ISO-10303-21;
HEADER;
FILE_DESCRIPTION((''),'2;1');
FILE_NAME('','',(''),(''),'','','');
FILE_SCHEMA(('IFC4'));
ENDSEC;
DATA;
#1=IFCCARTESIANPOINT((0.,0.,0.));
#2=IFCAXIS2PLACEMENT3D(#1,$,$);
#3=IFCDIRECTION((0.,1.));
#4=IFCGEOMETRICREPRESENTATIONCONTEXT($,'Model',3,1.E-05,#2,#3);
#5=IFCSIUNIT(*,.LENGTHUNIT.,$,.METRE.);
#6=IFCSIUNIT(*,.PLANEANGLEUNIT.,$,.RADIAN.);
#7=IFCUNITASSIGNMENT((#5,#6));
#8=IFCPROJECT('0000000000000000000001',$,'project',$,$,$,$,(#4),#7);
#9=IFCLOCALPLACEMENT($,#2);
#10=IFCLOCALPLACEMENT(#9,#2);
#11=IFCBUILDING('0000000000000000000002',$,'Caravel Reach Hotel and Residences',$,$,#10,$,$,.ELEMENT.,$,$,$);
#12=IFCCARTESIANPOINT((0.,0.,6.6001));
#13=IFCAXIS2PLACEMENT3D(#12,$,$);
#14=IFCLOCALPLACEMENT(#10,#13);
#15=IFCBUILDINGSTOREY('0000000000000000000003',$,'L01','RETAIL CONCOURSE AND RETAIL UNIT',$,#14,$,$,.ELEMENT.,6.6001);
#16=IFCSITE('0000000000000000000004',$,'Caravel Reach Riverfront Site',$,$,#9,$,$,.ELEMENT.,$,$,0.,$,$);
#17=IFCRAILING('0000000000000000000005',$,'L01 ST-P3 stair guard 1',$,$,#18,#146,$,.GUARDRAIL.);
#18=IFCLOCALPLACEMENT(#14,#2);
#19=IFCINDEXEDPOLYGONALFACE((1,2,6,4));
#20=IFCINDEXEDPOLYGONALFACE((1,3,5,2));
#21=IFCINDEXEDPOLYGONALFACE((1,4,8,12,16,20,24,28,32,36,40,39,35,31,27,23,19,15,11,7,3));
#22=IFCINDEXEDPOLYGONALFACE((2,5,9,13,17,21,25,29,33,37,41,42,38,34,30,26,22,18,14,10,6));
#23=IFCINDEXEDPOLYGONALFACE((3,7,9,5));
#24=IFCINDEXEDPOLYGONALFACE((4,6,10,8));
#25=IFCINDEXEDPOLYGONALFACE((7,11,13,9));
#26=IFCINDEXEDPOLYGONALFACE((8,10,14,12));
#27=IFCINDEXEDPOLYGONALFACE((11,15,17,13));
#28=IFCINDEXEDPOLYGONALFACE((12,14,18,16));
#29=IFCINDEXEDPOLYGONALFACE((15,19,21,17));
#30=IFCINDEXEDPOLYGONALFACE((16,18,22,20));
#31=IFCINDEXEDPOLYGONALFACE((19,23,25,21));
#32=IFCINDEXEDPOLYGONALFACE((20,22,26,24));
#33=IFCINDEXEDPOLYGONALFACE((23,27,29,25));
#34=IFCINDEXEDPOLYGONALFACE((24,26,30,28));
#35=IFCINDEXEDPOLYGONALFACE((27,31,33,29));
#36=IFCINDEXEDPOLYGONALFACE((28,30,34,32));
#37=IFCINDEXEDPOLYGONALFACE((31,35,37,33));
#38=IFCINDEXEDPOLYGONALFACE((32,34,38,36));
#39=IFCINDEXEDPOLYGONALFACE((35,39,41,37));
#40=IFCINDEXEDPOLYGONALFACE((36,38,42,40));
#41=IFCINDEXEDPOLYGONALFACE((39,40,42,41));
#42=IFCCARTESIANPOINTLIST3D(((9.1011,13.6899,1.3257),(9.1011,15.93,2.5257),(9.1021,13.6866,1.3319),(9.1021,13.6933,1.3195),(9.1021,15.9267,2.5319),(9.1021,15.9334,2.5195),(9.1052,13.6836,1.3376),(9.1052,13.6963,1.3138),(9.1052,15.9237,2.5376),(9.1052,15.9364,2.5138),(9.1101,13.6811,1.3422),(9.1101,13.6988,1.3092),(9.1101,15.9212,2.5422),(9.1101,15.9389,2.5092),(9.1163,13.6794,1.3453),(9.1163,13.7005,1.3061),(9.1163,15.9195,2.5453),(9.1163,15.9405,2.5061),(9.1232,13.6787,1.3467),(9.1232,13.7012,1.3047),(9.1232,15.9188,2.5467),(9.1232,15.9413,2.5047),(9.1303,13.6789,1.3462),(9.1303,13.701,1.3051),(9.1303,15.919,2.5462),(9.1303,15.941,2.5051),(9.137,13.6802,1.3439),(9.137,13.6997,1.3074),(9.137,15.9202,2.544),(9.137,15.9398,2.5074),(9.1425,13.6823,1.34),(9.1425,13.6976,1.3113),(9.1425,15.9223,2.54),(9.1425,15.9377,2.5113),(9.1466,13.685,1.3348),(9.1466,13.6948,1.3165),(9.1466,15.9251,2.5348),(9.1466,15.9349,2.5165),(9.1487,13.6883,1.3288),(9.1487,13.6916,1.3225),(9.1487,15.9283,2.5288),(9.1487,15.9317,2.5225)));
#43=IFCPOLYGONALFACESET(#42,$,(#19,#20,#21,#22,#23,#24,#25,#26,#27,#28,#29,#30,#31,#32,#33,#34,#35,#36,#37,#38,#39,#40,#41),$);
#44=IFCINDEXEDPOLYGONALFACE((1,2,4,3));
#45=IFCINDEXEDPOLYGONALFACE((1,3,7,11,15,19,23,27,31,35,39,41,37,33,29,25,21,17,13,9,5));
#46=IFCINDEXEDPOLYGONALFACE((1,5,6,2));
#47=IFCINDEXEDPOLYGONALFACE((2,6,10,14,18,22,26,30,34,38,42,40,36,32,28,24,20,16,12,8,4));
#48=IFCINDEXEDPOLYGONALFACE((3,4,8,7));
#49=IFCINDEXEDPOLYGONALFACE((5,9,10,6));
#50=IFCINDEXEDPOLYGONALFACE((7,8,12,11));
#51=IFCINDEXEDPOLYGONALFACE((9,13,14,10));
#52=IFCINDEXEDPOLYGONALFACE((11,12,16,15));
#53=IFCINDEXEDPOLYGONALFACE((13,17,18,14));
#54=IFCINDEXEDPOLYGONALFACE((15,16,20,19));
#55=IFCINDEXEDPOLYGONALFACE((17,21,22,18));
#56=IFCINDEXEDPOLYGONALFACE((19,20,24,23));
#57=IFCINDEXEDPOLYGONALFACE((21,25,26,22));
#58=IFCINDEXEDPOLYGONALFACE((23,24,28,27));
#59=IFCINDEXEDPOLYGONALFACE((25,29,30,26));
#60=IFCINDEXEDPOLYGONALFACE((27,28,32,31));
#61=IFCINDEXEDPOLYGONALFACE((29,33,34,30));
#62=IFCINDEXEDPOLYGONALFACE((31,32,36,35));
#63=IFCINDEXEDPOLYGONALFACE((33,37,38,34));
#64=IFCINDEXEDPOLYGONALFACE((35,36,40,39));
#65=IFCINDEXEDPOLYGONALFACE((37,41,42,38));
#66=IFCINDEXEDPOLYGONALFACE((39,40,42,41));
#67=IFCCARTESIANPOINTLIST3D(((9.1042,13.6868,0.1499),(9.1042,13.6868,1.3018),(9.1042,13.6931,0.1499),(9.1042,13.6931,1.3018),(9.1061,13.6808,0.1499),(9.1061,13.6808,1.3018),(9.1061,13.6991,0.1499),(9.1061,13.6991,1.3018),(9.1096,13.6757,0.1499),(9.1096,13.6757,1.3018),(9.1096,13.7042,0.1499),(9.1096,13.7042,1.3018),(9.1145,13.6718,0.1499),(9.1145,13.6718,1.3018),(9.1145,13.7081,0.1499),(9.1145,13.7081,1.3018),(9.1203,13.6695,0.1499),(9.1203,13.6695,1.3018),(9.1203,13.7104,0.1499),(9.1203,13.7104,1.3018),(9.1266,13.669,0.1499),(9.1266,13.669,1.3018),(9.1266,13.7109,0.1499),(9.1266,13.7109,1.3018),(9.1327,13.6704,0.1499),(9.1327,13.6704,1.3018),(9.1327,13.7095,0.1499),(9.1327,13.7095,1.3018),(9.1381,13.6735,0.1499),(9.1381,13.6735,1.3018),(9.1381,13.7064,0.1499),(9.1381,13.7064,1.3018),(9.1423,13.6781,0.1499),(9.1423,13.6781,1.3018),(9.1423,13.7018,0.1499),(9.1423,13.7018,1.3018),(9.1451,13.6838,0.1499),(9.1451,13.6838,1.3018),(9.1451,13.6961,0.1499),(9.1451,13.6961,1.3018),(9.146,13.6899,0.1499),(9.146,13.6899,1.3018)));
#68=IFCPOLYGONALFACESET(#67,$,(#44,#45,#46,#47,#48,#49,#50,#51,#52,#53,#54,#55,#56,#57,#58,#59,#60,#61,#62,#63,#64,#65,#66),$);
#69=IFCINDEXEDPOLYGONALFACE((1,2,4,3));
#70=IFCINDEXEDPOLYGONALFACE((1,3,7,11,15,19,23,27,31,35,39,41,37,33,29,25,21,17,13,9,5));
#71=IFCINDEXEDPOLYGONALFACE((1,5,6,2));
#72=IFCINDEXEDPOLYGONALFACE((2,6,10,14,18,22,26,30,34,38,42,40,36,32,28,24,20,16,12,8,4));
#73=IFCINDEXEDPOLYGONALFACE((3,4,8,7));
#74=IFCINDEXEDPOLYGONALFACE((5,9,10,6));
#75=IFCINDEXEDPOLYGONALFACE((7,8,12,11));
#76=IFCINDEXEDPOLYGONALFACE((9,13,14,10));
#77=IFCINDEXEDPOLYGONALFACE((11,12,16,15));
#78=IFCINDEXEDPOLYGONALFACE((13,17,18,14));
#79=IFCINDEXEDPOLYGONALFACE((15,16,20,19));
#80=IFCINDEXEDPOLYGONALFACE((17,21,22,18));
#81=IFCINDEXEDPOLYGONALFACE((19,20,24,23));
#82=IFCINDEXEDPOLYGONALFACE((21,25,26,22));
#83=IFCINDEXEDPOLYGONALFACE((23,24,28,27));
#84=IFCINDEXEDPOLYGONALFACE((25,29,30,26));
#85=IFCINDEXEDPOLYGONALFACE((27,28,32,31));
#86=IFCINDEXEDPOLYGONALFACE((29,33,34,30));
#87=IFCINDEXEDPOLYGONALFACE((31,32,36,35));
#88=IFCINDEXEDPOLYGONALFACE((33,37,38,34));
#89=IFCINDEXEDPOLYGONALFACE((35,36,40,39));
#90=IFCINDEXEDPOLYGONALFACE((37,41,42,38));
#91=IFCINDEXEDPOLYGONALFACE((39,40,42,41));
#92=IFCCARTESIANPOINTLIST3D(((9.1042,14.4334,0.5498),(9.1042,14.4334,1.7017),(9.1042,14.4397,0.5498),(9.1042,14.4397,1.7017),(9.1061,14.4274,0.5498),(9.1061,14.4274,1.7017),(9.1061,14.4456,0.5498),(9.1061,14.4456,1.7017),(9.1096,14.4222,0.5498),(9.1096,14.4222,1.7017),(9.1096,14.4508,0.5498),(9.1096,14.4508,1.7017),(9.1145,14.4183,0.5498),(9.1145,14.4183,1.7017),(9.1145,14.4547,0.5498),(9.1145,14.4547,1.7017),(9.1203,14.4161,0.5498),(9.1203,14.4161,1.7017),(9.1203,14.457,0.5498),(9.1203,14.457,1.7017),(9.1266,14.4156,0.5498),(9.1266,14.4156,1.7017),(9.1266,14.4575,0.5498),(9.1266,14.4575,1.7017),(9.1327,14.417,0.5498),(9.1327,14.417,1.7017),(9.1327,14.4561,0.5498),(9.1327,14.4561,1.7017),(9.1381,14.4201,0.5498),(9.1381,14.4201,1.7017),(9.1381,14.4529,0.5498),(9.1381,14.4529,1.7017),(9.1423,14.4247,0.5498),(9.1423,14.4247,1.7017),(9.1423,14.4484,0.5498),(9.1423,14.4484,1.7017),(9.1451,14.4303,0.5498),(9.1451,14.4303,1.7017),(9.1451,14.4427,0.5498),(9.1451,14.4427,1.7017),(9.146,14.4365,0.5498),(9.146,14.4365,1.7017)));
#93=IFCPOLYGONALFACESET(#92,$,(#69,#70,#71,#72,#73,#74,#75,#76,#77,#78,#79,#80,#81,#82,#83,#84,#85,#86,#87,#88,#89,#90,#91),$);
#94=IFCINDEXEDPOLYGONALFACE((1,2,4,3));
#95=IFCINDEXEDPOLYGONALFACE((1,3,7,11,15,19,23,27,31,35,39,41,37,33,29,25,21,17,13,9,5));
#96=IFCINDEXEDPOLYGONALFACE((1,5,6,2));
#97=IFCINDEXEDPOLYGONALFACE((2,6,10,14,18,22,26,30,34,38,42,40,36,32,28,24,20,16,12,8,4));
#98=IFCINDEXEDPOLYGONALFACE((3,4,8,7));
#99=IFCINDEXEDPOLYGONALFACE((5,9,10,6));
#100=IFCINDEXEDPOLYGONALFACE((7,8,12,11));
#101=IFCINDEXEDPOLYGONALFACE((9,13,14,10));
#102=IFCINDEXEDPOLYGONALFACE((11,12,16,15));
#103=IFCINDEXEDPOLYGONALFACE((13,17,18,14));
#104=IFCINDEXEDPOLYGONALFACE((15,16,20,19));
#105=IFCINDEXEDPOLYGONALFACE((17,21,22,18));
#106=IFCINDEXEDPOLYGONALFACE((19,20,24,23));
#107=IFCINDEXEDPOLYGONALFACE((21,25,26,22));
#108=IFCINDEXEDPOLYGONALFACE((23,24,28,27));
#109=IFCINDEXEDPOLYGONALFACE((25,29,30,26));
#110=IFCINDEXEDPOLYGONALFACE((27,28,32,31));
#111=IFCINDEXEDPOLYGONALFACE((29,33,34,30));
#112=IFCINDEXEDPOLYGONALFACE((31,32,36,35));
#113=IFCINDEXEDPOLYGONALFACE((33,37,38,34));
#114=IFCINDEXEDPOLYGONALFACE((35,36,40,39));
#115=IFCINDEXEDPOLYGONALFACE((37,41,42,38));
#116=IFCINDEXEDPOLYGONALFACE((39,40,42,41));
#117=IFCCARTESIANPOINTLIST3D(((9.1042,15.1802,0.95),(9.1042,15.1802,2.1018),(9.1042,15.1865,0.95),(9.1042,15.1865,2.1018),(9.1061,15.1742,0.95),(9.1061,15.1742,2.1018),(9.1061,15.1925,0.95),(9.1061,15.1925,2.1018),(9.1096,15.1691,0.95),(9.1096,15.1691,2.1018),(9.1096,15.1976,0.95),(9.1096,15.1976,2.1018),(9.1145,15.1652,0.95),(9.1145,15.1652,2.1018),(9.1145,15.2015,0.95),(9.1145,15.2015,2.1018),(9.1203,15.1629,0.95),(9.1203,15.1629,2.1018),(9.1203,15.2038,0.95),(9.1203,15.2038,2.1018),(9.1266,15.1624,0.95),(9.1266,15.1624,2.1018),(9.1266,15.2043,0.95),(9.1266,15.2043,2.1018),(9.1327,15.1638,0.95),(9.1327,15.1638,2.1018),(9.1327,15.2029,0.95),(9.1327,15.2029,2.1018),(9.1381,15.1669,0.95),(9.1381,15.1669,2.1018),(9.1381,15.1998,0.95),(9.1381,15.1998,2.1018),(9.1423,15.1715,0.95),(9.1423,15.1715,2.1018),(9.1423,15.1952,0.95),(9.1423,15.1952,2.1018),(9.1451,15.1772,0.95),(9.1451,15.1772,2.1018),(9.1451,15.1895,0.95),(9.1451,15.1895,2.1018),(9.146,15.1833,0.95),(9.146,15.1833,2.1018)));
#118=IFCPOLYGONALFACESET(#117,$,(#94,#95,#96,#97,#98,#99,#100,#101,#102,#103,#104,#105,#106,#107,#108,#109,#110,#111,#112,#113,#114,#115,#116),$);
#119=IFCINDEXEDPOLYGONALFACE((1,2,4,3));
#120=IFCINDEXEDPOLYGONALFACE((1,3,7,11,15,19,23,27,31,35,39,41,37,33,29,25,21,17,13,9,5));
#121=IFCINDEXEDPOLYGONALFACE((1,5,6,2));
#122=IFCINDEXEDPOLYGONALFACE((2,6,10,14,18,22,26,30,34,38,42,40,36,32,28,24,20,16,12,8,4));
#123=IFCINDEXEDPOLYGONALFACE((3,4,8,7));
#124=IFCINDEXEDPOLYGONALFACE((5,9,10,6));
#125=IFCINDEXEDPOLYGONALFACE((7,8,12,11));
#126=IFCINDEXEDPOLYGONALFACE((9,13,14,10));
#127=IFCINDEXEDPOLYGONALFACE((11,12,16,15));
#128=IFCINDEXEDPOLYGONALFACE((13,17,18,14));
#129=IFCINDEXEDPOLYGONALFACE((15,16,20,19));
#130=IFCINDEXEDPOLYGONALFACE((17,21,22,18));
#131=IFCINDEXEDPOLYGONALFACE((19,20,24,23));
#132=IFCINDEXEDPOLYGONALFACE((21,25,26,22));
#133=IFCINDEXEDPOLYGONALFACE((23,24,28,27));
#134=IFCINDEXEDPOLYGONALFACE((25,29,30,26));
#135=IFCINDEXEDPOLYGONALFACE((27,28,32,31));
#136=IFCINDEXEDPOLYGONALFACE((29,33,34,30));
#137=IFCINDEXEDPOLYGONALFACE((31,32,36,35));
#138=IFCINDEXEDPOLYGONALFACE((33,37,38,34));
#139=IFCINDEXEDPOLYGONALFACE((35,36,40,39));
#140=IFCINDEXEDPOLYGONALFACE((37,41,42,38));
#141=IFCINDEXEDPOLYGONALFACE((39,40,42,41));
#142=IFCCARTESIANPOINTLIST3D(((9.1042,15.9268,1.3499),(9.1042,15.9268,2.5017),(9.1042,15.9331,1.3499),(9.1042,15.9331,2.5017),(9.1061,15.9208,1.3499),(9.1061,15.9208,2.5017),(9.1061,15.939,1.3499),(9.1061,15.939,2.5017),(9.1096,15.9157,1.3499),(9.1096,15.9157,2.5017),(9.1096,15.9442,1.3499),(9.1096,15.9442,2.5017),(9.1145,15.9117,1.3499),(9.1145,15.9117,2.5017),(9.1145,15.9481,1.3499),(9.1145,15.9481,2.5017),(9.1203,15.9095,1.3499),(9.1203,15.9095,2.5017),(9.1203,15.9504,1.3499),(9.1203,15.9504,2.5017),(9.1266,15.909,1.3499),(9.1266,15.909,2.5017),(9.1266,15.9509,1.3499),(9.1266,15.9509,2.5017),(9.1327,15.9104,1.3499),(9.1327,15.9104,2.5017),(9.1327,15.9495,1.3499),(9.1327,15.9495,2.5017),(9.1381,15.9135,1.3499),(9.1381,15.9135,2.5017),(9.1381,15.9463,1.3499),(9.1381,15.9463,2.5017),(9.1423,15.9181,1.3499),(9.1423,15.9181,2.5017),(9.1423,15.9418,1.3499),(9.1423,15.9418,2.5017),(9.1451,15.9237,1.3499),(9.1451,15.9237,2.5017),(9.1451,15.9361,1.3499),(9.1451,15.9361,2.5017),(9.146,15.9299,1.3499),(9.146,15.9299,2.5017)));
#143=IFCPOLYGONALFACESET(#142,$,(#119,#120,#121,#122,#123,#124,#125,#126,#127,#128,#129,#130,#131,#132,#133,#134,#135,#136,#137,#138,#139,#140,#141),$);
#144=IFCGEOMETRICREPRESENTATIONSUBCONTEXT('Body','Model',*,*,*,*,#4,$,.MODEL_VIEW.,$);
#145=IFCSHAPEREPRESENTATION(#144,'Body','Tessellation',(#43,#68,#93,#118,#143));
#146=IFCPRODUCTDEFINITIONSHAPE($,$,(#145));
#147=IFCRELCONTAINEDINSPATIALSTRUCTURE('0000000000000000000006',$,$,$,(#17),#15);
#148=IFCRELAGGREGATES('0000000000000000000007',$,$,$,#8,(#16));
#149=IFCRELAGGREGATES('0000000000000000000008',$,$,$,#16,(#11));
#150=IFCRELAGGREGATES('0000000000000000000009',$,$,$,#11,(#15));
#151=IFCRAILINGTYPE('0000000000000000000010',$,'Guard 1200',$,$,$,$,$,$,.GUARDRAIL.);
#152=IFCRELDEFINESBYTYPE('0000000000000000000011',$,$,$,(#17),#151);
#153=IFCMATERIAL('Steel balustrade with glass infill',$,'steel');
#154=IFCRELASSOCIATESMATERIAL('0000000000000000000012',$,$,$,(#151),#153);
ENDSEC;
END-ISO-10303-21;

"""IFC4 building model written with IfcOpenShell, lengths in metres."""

from ifc_helpers import new_model, si_unit, direction, frame, origin, origin_2d, place, context, subcontext, project, spatial, circle, extrude, material, type_object, element, save


model = new_model("IFC4")

# Units and contexts
model_context = context("Model", 3, precision=1e-05, world=origin(), true_north=direction((0.0, 1.0)))
body_context = subcontext(model_context, "Body", "Model", "MODEL_VIEW")
ifc_project = project(units=[si_unit("LENGTHUNIT", "METRE"), si_unit("PLANEANGLEUNIT", "RADIAN")], contexts=[model_context])

# Site, building, storey
site_placement = place(None, origin())
site = spatial("IfcSite", under=ifc_project, at=site_placement, Name="Caravel Reach Riverfront Site", CompositionType="ELEMENT", RefElevation=0.0)
building_placement = place(site_placement, origin())
building = spatial("IfcBuilding", under=site, at=building_placement, Name="Caravel Reach Hotel and Residences", CompositionType="ELEMENT")
storey_placement = place(building_placement, frame((0.0, 0.0, 6.6001)))
storey = spatial("IfcBuildingStorey", under=building, at=storey_placement, Name="L01", Description="RETAIL CONCOURSE AND RETAIL UNIT", CompositionType="ELEMENT", Elevation=6.6001)

# Railing
ifc_material_1 = material(Name="Steel balustrade with glass infill", Category="steel")
railing_type_1 = type_object("IfcRailingType", Name="Guard 1200", PredefinedType="GUARDRAIL", material=ifc_material_1)
railing_1_placement = place(storey_placement, frame((9.125, 13.6899, 0.1499)))
element("IfcRailing", 1, at=railing_1_placement, inside=storey, type_object=railing_type_1, Name="L01 ST-P3 stair guard 1", PredefinedType="GUARDRAIL", context=body_context, shape_type="SweptSolid", body=[
    extrude(circle(Radius=0.0239, at=origin_2d()), frame((0.0, 0.0, 1.1758), z_axis=(0.0, 0.881487, 0.472208), x_axis=(-1.0, 0.0, 0.0)), (0.0, 0.0, 1.0), 2.5413),
    extrude(circle(Radius=0.021, at=origin_2d()), origin(), (0.0, 0.0, 1.0), 1.1519),
    extrude(circle(Radius=0.021, at=origin_2d()), frame((0.0, 0.7466, 0.3999)), (0.0, 0.0, 1.0), 1.1519),
    extrude(circle(Radius=0.021, at=origin_2d()), frame((0.0, 1.4934, 0.8)), (0.0, 0.0, 1.0), 1.1519),
    extrude(circle(Radius=0.021, at=origin_2d()), frame((0.0, 2.24, 1.2)), (0.0, 0.0, 1.0), 1.1519),
])

save(model, "model.ifc")
